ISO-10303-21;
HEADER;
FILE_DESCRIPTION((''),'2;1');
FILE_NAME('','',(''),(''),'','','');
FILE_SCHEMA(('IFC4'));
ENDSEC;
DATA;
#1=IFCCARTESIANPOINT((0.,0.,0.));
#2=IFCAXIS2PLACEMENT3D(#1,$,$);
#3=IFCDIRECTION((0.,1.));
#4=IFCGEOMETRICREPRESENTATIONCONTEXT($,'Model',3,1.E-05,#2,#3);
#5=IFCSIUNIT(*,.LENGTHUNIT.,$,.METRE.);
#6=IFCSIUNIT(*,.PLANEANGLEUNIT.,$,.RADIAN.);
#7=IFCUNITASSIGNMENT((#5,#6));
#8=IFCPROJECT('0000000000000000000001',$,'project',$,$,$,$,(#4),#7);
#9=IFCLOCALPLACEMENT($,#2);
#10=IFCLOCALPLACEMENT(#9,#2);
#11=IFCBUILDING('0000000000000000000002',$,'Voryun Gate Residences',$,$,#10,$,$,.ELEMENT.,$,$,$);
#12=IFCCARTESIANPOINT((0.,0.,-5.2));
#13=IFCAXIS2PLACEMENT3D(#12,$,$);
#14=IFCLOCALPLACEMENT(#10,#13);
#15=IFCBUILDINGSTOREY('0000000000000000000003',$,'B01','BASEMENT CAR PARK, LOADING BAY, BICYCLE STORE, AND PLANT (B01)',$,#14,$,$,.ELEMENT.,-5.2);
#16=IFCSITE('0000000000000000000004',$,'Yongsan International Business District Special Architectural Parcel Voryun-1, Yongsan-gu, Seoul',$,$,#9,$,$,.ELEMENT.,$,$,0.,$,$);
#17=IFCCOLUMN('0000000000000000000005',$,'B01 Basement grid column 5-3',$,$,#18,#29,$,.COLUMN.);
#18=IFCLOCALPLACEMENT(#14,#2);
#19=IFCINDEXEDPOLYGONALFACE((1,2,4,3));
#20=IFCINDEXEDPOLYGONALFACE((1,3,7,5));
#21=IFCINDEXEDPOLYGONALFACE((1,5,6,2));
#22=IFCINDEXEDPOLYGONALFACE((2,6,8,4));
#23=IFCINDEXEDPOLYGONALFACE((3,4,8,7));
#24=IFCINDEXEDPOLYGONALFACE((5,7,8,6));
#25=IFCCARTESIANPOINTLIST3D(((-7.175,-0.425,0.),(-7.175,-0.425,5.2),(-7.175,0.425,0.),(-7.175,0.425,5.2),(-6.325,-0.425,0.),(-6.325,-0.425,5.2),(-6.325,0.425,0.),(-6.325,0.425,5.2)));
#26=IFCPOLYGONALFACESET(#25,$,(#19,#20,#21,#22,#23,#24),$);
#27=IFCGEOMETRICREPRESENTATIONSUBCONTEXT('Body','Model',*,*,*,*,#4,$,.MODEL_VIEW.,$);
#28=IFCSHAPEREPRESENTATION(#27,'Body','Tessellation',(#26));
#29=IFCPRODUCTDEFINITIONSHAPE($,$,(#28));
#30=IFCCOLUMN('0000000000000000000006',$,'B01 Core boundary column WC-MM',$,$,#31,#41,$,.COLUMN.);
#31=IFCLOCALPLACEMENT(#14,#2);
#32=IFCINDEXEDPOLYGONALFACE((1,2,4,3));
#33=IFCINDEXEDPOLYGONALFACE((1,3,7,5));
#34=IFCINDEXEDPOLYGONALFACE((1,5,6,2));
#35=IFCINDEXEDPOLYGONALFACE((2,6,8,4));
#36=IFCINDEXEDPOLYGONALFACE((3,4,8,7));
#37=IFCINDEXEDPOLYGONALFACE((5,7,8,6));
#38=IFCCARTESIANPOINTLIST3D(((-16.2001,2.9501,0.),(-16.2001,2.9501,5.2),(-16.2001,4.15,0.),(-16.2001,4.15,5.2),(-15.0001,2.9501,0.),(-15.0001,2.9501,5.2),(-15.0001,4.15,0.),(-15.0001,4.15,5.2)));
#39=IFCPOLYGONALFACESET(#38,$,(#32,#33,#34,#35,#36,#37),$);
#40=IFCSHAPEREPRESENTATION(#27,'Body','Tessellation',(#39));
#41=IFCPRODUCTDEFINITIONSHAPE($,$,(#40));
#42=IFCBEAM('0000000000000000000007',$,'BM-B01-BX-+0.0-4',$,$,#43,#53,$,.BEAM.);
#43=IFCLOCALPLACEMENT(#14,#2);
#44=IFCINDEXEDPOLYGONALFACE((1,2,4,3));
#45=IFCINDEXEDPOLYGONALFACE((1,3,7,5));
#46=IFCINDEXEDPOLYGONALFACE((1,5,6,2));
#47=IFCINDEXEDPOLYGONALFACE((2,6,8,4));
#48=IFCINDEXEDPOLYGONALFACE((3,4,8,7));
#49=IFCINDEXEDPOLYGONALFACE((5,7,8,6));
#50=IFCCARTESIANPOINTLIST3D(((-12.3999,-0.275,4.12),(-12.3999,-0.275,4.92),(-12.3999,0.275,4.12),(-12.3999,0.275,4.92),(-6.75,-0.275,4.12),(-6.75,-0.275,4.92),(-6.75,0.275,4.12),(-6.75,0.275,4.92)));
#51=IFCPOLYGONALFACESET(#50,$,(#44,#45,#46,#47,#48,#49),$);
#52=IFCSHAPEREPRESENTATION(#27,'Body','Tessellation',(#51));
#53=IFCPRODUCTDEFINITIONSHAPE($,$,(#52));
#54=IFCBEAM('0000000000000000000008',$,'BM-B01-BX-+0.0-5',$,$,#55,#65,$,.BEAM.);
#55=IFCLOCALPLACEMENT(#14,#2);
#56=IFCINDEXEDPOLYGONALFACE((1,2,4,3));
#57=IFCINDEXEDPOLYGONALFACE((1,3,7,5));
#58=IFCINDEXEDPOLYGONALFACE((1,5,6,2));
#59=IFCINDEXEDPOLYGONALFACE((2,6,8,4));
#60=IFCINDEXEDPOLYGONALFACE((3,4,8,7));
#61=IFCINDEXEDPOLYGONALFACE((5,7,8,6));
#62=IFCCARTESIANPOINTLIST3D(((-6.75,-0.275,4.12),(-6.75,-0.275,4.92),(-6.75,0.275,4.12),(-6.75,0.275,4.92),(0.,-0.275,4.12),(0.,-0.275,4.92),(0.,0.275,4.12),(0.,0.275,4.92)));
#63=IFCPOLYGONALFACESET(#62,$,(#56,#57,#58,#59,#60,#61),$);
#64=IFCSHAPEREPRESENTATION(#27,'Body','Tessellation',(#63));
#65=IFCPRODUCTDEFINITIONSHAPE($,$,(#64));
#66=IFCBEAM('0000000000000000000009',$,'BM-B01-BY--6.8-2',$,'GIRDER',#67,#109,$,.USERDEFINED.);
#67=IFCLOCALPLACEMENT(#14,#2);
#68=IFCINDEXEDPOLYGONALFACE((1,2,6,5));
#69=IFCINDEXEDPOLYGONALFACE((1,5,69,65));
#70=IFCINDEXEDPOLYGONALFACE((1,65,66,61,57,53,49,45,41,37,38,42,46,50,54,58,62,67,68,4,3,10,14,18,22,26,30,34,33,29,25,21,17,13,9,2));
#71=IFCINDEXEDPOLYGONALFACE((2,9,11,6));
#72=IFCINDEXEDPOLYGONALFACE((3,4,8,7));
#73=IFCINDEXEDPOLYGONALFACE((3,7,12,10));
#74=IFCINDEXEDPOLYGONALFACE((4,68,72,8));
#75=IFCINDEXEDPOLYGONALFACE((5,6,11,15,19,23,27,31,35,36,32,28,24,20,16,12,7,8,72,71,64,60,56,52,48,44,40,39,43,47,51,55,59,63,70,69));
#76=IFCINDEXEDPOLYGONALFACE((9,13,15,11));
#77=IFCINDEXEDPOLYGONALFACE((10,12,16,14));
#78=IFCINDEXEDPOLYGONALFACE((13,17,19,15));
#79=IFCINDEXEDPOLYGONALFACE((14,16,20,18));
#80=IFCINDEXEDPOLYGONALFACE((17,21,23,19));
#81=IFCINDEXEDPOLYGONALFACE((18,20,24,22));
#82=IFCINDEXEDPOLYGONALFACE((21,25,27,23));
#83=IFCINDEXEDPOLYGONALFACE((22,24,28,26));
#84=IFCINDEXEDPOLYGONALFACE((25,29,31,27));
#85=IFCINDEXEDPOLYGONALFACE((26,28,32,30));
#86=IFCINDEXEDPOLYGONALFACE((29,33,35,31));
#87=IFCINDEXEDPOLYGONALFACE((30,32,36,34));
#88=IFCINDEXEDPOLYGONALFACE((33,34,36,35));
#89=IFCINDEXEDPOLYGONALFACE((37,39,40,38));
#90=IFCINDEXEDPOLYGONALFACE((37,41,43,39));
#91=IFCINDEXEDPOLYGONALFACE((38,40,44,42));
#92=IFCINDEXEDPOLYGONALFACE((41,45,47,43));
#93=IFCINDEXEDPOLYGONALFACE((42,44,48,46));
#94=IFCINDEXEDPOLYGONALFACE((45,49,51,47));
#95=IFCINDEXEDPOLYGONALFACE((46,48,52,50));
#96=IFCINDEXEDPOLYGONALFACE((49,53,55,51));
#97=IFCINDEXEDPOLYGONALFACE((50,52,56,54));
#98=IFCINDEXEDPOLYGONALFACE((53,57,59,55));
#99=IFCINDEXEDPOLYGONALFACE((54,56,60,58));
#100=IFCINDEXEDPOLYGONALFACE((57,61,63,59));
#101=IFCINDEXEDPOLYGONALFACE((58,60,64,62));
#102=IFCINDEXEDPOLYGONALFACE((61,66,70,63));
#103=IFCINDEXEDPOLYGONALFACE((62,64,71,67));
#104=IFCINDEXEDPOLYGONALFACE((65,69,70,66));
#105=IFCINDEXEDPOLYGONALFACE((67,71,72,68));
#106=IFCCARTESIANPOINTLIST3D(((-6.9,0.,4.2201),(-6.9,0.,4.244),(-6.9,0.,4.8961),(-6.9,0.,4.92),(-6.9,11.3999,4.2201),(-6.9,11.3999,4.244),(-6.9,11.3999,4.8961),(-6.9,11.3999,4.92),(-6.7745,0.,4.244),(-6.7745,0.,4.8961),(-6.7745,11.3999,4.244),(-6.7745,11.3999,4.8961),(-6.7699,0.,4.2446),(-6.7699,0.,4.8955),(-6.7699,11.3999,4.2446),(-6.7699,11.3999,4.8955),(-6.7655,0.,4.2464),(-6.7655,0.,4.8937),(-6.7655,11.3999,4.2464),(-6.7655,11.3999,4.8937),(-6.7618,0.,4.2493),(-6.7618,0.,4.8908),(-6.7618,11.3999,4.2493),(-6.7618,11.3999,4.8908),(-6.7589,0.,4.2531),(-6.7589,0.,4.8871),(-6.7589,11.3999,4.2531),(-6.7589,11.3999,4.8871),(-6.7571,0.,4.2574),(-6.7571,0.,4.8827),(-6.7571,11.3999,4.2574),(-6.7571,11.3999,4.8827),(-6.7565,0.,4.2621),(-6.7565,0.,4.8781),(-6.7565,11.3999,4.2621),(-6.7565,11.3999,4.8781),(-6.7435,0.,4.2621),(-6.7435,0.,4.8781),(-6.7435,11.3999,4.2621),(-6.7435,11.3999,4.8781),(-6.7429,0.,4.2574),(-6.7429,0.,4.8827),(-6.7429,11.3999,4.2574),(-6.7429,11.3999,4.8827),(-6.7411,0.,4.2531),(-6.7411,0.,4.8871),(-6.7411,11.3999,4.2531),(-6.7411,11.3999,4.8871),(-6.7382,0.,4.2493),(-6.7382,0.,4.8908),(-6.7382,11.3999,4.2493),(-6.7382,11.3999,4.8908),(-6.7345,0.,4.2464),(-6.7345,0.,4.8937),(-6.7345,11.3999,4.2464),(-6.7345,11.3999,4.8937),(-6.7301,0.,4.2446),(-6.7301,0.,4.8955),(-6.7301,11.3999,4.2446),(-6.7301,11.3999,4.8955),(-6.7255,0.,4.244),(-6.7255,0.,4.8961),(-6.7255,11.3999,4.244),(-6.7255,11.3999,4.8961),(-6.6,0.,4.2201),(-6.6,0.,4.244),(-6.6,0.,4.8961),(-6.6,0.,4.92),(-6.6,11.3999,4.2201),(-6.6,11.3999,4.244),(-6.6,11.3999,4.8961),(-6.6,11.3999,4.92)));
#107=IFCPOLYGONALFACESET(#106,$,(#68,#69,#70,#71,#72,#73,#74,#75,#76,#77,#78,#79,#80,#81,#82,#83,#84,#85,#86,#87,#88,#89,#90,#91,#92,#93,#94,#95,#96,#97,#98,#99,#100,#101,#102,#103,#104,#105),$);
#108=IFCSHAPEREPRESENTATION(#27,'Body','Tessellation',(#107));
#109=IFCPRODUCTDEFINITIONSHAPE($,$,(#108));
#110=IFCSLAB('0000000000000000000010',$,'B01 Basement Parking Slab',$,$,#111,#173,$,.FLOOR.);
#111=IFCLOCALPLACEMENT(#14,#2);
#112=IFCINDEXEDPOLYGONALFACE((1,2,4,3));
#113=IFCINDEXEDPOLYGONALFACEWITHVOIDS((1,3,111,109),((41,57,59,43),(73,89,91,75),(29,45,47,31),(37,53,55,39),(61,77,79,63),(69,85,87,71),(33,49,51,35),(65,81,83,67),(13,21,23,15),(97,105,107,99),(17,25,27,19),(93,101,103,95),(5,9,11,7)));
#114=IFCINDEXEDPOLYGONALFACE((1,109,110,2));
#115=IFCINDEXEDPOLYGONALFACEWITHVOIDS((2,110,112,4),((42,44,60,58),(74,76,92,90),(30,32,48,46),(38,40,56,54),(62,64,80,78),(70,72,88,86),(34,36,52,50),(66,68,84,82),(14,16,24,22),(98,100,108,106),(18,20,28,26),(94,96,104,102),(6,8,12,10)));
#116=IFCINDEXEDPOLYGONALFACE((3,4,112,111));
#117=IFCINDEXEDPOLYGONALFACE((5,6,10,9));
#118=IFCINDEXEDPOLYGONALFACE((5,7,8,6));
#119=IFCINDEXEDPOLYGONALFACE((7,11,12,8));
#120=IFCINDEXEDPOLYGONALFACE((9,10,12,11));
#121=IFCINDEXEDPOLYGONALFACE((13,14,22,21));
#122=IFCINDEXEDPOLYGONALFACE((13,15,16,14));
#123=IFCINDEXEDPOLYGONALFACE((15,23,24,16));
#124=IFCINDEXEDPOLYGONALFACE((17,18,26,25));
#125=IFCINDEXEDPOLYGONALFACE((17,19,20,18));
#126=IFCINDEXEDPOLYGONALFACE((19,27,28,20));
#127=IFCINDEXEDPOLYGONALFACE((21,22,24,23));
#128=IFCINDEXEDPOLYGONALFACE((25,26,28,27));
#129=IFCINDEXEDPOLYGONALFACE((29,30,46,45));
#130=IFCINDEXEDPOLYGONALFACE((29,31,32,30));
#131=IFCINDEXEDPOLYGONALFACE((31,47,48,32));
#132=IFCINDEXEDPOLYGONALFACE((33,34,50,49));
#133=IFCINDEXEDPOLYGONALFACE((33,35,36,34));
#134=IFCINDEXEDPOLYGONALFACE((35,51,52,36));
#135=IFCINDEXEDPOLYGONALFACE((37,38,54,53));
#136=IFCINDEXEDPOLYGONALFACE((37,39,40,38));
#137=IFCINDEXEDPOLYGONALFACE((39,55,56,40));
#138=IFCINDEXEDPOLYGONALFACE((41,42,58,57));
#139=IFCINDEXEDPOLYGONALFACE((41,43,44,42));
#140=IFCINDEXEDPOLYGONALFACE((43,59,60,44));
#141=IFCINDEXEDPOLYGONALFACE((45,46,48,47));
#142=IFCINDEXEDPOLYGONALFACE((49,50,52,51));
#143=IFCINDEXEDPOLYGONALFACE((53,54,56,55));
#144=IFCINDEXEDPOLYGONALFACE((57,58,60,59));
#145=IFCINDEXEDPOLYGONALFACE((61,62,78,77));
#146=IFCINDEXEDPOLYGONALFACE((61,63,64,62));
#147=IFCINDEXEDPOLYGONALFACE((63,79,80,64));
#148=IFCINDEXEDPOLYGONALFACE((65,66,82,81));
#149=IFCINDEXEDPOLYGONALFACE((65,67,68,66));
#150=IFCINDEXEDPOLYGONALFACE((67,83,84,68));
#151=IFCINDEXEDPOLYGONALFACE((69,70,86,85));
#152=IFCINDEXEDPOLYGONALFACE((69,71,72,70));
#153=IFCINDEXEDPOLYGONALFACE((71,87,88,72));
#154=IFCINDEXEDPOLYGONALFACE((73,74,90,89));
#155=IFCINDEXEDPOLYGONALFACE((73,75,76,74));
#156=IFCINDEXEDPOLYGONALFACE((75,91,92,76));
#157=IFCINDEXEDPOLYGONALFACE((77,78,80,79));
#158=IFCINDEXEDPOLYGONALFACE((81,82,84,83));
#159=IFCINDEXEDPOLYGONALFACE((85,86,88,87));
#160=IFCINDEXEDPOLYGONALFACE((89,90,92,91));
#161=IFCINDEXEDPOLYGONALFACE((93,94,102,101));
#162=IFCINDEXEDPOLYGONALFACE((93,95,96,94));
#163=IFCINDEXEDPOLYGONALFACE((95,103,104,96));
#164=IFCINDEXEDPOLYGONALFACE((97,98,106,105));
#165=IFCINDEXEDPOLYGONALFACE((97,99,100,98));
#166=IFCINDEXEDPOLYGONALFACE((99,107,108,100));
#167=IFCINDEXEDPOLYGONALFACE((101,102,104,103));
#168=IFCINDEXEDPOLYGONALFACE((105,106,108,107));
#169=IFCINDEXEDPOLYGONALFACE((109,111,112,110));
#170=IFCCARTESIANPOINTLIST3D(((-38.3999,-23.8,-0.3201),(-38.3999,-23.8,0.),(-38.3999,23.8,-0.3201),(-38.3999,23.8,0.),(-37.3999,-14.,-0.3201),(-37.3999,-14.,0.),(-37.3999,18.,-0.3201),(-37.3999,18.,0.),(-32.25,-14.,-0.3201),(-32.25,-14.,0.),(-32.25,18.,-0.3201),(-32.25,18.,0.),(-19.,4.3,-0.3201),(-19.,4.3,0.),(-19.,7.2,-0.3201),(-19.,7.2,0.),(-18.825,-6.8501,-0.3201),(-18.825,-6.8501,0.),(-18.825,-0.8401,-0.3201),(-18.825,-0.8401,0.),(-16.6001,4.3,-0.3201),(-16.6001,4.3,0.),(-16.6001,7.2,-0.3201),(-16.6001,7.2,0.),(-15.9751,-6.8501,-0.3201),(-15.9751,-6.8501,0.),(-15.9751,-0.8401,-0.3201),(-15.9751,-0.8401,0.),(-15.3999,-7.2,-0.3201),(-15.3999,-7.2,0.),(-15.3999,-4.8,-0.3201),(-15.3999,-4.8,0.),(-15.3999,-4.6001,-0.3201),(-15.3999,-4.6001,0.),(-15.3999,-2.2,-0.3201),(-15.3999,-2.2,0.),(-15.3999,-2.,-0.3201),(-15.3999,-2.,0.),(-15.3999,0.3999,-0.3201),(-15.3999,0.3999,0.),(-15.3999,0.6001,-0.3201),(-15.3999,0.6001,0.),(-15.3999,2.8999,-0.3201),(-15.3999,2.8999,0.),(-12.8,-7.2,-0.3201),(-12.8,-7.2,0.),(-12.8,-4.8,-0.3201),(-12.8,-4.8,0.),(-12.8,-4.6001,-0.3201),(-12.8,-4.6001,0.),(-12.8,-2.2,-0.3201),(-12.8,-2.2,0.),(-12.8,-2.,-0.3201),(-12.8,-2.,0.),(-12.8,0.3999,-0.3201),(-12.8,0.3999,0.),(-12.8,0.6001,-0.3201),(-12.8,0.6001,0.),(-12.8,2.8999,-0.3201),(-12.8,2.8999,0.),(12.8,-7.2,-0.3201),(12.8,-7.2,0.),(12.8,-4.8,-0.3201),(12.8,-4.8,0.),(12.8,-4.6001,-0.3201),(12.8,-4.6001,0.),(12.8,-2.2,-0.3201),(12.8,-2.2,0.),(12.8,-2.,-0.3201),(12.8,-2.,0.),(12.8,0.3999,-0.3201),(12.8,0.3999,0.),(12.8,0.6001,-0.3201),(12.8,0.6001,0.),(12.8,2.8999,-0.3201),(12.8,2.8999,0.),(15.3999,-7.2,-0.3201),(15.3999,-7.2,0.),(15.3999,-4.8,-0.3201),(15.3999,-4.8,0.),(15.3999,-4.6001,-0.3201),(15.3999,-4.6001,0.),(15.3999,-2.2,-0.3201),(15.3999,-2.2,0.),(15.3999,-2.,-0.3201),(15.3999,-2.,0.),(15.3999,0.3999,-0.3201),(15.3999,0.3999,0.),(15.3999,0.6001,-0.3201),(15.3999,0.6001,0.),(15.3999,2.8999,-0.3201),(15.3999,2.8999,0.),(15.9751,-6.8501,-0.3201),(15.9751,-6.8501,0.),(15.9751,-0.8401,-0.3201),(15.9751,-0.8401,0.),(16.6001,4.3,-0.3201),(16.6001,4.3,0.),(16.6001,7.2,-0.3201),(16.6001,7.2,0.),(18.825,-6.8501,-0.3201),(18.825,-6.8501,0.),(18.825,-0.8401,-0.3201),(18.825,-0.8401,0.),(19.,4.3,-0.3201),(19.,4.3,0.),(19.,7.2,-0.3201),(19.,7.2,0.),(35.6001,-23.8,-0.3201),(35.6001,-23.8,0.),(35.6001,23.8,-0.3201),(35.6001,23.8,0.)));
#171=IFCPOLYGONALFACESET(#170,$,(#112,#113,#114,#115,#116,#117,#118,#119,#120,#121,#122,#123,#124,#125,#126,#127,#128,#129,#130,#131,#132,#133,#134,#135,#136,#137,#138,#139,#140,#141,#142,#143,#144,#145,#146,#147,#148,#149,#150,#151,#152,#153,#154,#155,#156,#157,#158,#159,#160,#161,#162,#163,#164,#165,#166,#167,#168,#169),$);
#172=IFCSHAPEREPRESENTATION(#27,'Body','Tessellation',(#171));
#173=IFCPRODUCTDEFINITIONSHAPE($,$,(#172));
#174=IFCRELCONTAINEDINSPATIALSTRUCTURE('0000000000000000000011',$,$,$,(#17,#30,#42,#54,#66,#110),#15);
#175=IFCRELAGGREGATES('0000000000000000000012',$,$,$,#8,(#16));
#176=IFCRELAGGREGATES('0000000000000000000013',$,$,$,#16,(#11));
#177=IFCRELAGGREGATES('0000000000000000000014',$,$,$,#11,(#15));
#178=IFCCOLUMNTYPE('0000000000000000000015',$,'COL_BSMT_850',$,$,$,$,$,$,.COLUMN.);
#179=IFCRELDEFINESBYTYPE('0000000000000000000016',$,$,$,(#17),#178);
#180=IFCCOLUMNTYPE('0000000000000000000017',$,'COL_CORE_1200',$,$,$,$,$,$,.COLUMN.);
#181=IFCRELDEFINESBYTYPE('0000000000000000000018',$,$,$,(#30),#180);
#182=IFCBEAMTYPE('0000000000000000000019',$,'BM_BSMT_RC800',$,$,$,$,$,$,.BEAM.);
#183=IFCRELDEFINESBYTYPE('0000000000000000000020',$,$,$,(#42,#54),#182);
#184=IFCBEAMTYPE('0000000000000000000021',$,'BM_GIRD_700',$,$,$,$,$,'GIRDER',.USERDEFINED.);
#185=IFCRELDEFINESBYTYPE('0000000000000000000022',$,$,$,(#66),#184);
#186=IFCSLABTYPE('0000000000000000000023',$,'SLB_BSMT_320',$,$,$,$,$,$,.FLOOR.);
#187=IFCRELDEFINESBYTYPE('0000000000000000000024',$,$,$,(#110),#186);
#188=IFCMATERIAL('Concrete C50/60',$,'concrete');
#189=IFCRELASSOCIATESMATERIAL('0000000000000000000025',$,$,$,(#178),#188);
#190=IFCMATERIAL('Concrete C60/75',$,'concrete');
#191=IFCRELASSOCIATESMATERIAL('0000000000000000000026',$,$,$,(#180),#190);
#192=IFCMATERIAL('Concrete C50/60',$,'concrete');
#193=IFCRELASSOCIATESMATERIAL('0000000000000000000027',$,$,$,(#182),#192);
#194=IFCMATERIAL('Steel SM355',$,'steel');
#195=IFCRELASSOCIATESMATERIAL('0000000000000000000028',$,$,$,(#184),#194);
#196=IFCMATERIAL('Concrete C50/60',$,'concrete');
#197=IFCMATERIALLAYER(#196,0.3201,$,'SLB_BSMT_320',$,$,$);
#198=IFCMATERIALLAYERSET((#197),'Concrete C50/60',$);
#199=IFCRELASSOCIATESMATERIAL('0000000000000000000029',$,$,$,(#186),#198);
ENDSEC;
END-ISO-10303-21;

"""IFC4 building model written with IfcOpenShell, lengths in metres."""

from ifc_helpers import new_model, si_unit, direction, frame, origin, origin_2d, place, context, subcontext, project, spatial, polyline, rectangle, i_section, outline, extrude, material, layer, layer_set, material_profile, profile_set, type_object, element, save


model = new_model("IFC4")

# Units and contexts
model_context = context("Model", 3, precision=1e-05, world=origin(), true_north=direction((0.0, 1.0)))
body_context = subcontext(model_context, "Body", "Model", "MODEL_VIEW")
ifc_project = project(units=[si_unit("LENGTHUNIT", "METRE"), si_unit("PLANEANGLEUNIT", "RADIAN")], contexts=[model_context])

# Site, building, storey
site_placement = place(None, origin())
site = spatial("IfcSite", under=ifc_project, at=site_placement, Name="Yongsan International Business District Special Architectural Parcel Voryun-1, Yongsan-gu, Seoul", CompositionType="ELEMENT", RefElevation=0.0)
building_placement = place(site_placement, origin())
building = spatial("IfcBuilding", under=site, at=building_placement, Name="Voryun Gate Residences", CompositionType="ELEMENT")
storey_placement = place(building_placement, frame((0.0, 0.0, -5.2)))
storey = spatial("IfcBuildingStorey", under=building, at=storey_placement, Name="B01", Description="BASEMENT CAR PARK, LOADING BAY, BICYCLE STORE, AND PLANT (B01)", CompositionType="ELEMENT", Elevation=-5.2)

# Columns
ifc_material_1 = material(Name="Concrete C50/60", Category="concrete")
ifc_material_profile_1 = material_profile(ifc_material_1, rectangle(XDim=0.8501, YDim=0.8501, at=origin_2d()), Name="RC-850x850")
ifc_profile_set_1 = profile_set([ifc_material_profile_1], Name="Concrete C50/60")
column_type_1 = type_object("IfcColumnType", Name="COL_BSMT_850", PredefinedType="COLUMN", material=ifc_profile_set_1)
column_1_placement = place(storey_placement, frame((-6.75, 0.0, 0.0), z_axis=(0.0, 0.0, 1.0), x_axis=(1.0, 0.0, 0.0)))
element("IfcColumn", 1, at=column_1_placement, inside=storey, type_object=column_type_1, Name="B01 Basement grid column 5-3", PredefinedType="COLUMN", context=body_context, shape_type="SweptSolid", body=[
    extrude(rectangle(XDim=0.8501, YDim=0.8501, at=origin_2d()), origin(), (0.0, 0.0, 1.0), 5.2),
])
ifc_material_2 = material(Name="Concrete C60/75", Category="concrete")
ifc_material_profile_2 = material_profile(ifc_material_2, rectangle(XDim=1.2, YDim=1.2, at=origin_2d()), Name="RC-1200x1200")
ifc_profile_set_2 = profile_set([ifc_material_profile_2], Name="Concrete C60/75")
column_type_2 = type_object("IfcColumnType", Name="COL_CORE_1200", PredefinedType="COLUMN", material=ifc_profile_set_2)
column_2_placement = place(storey_placement, frame((-15.6001, 3.55, 0.0), z_axis=(0.0, 0.0, 1.0), x_axis=(1.0, 0.0, 0.0)))
element("IfcColumn", 2, at=column_2_placement, inside=storey, type_object=column_type_2, Name="B01 Core boundary column WC-MM", PredefinedType="COLUMN", context=body_context, shape_type="SweptSolid", body=[
    extrude(rectangle(XDim=1.2, YDim=1.2, at=origin_2d()), origin(), (0.0, 0.0, 1.0), 5.2),
])

# Beams
ifc_material_3 = material(Name="Concrete C50/60", Category="concrete")
ifc_material_profile_3 = material_profile(ifc_material_3, rectangle(XDim=0.55, YDim=0.8, at=origin_2d()), Name="RC-550x800")
ifc_profile_set_3 = profile_set([ifc_material_profile_3], Name="Concrete C50/60")
beam_type_1 = type_object("IfcBeamType", Name="BM_BSMT_RC800", PredefinedType="BEAM", material=ifc_profile_set_3)
beam_1_placement = place(storey_placement, frame((-12.3999, 0.0, 4.52), z_axis=(1.0, 0.0, 0.0), x_axis=(0.0, 1.0, 0.0)))
element("IfcBeam", 3, at=beam_1_placement, inside=storey, type_object=beam_type_1, Name="BM-B01-BX-+0.0-4", PredefinedType="BEAM", context=body_context, shape_type="SweptSolid", body=[
    extrude(rectangle(XDim=0.55, YDim=0.8, at=origin_2d()), origin(), (0.0, 0.0, 1.0), 5.6499),
])
beam_2_placement = place(storey_placement, frame((-6.75, 0.0, 4.52), z_axis=(1.0, 0.0, 0.0), x_axis=(0.0, 1.0, 0.0)))
element("IfcBeam", 4, at=beam_2_placement, inside=storey, type_object=beam_type_1, Name="BM-B01-BX-+0.0-5", PredefinedType="BEAM", context=body_context, shape_type="SweptSolid", body=[
    extrude(rectangle(XDim=0.55, YDim=0.8, at=origin_2d()), origin(), (0.0, 0.0, 1.0), 6.75),
])
ifc_material_4 = material(Name="Steel SM355", Category="steel")
ifc_material_profile_4 = material_profile(ifc_material_4, i_section(OverallWidth=0.3, OverallDepth=0.7, WebThickness=0.0129, FlangeThickness=0.0239, FilletRadius=0.0181, at=origin_2d()), Name="H-700x300x13x24")
ifc_profile_set_4 = profile_set([ifc_material_profile_4], Name="Steel SM355")
beam_type_2 = type_object("IfcBeamType", Name="BM_GIRD_700", ElementType="GIRDER", PredefinedType="USERDEFINED", material=ifc_profile_set_4)
beam_3_placement = place(storey_placement, frame((-6.75, 0.0, 4.5701), z_axis=(0.0, 1.0, 0.0), x_axis=(-1.0, 0.0, 0.0)))
element("IfcBeam", 5, at=beam_3_placement, inside=storey, type_object=beam_type_2, Name="BM-B01-BY--6.8-2", ObjectType="GIRDER", PredefinedType="USERDEFINED", context=body_context, shape_type="SweptSolid", body=[
    extrude(i_section(OverallWidth=0.3, OverallDepth=0.7, WebThickness=0.0129, FlangeThickness=0.0239, FilletRadius=0.0181, at=origin_2d()), origin(), (0.0, 0.0, 1.0), 11.3999),
])

# Slab
ifc_material_5 = material(Name="Concrete C50/60", Category="concrete")
ifc_layer_1 = layer(ifc_material_5, 0.3201, Name="SLB_BSMT_320")
ifc_layer_set_1 = layer_set([ifc_layer_1], Name="Concrete C50/60")
slab_type_1 = type_object("IfcSlabType", Name="SLB_BSMT_320", PredefinedType="FLOOR", material=ifc_layer_set_1)
slab_1_placement = place(storey_placement, frame((0.0, 0.0, -0.3201)))
element("IfcSlab", 6, at=slab_1_placement, inside=storey, type_object=slab_type_1, Name="B01 Basement Parking Slab", PredefinedType="FLOOR", context=body_context, shape_type="SweptSolid", body=[
    extrude(outline(polyline([(-38.3999, 23.8), (35.6001, 23.8), (35.6001, -23.8), (-38.3999, -23.8), (-38.3999, 23.8)]), holes=[polyline([(-12.8, -4.8), (-15.3999, -4.8), (-15.3999, -7.2), (-12.8, -7.2), (-12.8, -4.8)]), polyline([(-18.825, -6.8501), (-15.9751, -6.8501), (-15.9751, -0.8401), (-18.825, -0.8401), (-18.825, -6.8501)]), polyline([(-12.8, -4.6001), (-12.8, -2.2), (-15.3999, -2.2), (-15.3999, -4.6001), (-12.8, -4.6001)]), polyline([(-12.8, 0.3999), (-15.3999, 0.3999), (-15.3999, -2.0), (-12.8, -2.0), (-12.8, 0.3999)]), polyline([(-12.8, 0.6001), (-12.8, 2.8999), (-15.3999, 2.8999), (-15.3999, 0.6001), (-12.8, 0.6001)]), polyline([(-32.25, -14.0), (-32.25, 18.0), (-37.3999, 18.0), (-37.3999, -14.0), (-32.25, -14.0)]), polyline([(-16.6001, 7.2), (-19.0, 7.2), (-19.0, 4.3), (-16.6001, 4.3), (-16.6001, 7.2)]), polyline([(15.3999, -7.2), (15.3999, -4.8), (12.8, -4.8), (12.8, -7.2), (15.3999, -7.2)]), polyline([(15.9751, -6.8501), (18.825, -6.8501), (18.825, -0.8401), (15.9751, -0.8401), (15.9751, -6.8501)]), polyline([(15.3999, -4.6001), (15.3999, -2.2), (12.8, -2.2), (12.8, -4.6001), (15.3999, -4.6001)]), polyline([(15.3999, -2.0), (15.3999, 0.3999), (12.8, 0.3999), (12.8, -2.0), (15.3999, -2.0)]), polyline([(15.3999, 0.6001), (15.3999, 2.8999), (12.8, 2.8999), (12.8, 0.6001), (15.3999, 0.6001)]), polyline([(19.0, 4.3), (19.0, 7.2), (16.6001, 7.2), (16.6001, 4.3), (19.0, 4.3)])]), origin(), (0.0, 0.0, 1.0), 0.3201),
])

save(model, "model.ifc")
